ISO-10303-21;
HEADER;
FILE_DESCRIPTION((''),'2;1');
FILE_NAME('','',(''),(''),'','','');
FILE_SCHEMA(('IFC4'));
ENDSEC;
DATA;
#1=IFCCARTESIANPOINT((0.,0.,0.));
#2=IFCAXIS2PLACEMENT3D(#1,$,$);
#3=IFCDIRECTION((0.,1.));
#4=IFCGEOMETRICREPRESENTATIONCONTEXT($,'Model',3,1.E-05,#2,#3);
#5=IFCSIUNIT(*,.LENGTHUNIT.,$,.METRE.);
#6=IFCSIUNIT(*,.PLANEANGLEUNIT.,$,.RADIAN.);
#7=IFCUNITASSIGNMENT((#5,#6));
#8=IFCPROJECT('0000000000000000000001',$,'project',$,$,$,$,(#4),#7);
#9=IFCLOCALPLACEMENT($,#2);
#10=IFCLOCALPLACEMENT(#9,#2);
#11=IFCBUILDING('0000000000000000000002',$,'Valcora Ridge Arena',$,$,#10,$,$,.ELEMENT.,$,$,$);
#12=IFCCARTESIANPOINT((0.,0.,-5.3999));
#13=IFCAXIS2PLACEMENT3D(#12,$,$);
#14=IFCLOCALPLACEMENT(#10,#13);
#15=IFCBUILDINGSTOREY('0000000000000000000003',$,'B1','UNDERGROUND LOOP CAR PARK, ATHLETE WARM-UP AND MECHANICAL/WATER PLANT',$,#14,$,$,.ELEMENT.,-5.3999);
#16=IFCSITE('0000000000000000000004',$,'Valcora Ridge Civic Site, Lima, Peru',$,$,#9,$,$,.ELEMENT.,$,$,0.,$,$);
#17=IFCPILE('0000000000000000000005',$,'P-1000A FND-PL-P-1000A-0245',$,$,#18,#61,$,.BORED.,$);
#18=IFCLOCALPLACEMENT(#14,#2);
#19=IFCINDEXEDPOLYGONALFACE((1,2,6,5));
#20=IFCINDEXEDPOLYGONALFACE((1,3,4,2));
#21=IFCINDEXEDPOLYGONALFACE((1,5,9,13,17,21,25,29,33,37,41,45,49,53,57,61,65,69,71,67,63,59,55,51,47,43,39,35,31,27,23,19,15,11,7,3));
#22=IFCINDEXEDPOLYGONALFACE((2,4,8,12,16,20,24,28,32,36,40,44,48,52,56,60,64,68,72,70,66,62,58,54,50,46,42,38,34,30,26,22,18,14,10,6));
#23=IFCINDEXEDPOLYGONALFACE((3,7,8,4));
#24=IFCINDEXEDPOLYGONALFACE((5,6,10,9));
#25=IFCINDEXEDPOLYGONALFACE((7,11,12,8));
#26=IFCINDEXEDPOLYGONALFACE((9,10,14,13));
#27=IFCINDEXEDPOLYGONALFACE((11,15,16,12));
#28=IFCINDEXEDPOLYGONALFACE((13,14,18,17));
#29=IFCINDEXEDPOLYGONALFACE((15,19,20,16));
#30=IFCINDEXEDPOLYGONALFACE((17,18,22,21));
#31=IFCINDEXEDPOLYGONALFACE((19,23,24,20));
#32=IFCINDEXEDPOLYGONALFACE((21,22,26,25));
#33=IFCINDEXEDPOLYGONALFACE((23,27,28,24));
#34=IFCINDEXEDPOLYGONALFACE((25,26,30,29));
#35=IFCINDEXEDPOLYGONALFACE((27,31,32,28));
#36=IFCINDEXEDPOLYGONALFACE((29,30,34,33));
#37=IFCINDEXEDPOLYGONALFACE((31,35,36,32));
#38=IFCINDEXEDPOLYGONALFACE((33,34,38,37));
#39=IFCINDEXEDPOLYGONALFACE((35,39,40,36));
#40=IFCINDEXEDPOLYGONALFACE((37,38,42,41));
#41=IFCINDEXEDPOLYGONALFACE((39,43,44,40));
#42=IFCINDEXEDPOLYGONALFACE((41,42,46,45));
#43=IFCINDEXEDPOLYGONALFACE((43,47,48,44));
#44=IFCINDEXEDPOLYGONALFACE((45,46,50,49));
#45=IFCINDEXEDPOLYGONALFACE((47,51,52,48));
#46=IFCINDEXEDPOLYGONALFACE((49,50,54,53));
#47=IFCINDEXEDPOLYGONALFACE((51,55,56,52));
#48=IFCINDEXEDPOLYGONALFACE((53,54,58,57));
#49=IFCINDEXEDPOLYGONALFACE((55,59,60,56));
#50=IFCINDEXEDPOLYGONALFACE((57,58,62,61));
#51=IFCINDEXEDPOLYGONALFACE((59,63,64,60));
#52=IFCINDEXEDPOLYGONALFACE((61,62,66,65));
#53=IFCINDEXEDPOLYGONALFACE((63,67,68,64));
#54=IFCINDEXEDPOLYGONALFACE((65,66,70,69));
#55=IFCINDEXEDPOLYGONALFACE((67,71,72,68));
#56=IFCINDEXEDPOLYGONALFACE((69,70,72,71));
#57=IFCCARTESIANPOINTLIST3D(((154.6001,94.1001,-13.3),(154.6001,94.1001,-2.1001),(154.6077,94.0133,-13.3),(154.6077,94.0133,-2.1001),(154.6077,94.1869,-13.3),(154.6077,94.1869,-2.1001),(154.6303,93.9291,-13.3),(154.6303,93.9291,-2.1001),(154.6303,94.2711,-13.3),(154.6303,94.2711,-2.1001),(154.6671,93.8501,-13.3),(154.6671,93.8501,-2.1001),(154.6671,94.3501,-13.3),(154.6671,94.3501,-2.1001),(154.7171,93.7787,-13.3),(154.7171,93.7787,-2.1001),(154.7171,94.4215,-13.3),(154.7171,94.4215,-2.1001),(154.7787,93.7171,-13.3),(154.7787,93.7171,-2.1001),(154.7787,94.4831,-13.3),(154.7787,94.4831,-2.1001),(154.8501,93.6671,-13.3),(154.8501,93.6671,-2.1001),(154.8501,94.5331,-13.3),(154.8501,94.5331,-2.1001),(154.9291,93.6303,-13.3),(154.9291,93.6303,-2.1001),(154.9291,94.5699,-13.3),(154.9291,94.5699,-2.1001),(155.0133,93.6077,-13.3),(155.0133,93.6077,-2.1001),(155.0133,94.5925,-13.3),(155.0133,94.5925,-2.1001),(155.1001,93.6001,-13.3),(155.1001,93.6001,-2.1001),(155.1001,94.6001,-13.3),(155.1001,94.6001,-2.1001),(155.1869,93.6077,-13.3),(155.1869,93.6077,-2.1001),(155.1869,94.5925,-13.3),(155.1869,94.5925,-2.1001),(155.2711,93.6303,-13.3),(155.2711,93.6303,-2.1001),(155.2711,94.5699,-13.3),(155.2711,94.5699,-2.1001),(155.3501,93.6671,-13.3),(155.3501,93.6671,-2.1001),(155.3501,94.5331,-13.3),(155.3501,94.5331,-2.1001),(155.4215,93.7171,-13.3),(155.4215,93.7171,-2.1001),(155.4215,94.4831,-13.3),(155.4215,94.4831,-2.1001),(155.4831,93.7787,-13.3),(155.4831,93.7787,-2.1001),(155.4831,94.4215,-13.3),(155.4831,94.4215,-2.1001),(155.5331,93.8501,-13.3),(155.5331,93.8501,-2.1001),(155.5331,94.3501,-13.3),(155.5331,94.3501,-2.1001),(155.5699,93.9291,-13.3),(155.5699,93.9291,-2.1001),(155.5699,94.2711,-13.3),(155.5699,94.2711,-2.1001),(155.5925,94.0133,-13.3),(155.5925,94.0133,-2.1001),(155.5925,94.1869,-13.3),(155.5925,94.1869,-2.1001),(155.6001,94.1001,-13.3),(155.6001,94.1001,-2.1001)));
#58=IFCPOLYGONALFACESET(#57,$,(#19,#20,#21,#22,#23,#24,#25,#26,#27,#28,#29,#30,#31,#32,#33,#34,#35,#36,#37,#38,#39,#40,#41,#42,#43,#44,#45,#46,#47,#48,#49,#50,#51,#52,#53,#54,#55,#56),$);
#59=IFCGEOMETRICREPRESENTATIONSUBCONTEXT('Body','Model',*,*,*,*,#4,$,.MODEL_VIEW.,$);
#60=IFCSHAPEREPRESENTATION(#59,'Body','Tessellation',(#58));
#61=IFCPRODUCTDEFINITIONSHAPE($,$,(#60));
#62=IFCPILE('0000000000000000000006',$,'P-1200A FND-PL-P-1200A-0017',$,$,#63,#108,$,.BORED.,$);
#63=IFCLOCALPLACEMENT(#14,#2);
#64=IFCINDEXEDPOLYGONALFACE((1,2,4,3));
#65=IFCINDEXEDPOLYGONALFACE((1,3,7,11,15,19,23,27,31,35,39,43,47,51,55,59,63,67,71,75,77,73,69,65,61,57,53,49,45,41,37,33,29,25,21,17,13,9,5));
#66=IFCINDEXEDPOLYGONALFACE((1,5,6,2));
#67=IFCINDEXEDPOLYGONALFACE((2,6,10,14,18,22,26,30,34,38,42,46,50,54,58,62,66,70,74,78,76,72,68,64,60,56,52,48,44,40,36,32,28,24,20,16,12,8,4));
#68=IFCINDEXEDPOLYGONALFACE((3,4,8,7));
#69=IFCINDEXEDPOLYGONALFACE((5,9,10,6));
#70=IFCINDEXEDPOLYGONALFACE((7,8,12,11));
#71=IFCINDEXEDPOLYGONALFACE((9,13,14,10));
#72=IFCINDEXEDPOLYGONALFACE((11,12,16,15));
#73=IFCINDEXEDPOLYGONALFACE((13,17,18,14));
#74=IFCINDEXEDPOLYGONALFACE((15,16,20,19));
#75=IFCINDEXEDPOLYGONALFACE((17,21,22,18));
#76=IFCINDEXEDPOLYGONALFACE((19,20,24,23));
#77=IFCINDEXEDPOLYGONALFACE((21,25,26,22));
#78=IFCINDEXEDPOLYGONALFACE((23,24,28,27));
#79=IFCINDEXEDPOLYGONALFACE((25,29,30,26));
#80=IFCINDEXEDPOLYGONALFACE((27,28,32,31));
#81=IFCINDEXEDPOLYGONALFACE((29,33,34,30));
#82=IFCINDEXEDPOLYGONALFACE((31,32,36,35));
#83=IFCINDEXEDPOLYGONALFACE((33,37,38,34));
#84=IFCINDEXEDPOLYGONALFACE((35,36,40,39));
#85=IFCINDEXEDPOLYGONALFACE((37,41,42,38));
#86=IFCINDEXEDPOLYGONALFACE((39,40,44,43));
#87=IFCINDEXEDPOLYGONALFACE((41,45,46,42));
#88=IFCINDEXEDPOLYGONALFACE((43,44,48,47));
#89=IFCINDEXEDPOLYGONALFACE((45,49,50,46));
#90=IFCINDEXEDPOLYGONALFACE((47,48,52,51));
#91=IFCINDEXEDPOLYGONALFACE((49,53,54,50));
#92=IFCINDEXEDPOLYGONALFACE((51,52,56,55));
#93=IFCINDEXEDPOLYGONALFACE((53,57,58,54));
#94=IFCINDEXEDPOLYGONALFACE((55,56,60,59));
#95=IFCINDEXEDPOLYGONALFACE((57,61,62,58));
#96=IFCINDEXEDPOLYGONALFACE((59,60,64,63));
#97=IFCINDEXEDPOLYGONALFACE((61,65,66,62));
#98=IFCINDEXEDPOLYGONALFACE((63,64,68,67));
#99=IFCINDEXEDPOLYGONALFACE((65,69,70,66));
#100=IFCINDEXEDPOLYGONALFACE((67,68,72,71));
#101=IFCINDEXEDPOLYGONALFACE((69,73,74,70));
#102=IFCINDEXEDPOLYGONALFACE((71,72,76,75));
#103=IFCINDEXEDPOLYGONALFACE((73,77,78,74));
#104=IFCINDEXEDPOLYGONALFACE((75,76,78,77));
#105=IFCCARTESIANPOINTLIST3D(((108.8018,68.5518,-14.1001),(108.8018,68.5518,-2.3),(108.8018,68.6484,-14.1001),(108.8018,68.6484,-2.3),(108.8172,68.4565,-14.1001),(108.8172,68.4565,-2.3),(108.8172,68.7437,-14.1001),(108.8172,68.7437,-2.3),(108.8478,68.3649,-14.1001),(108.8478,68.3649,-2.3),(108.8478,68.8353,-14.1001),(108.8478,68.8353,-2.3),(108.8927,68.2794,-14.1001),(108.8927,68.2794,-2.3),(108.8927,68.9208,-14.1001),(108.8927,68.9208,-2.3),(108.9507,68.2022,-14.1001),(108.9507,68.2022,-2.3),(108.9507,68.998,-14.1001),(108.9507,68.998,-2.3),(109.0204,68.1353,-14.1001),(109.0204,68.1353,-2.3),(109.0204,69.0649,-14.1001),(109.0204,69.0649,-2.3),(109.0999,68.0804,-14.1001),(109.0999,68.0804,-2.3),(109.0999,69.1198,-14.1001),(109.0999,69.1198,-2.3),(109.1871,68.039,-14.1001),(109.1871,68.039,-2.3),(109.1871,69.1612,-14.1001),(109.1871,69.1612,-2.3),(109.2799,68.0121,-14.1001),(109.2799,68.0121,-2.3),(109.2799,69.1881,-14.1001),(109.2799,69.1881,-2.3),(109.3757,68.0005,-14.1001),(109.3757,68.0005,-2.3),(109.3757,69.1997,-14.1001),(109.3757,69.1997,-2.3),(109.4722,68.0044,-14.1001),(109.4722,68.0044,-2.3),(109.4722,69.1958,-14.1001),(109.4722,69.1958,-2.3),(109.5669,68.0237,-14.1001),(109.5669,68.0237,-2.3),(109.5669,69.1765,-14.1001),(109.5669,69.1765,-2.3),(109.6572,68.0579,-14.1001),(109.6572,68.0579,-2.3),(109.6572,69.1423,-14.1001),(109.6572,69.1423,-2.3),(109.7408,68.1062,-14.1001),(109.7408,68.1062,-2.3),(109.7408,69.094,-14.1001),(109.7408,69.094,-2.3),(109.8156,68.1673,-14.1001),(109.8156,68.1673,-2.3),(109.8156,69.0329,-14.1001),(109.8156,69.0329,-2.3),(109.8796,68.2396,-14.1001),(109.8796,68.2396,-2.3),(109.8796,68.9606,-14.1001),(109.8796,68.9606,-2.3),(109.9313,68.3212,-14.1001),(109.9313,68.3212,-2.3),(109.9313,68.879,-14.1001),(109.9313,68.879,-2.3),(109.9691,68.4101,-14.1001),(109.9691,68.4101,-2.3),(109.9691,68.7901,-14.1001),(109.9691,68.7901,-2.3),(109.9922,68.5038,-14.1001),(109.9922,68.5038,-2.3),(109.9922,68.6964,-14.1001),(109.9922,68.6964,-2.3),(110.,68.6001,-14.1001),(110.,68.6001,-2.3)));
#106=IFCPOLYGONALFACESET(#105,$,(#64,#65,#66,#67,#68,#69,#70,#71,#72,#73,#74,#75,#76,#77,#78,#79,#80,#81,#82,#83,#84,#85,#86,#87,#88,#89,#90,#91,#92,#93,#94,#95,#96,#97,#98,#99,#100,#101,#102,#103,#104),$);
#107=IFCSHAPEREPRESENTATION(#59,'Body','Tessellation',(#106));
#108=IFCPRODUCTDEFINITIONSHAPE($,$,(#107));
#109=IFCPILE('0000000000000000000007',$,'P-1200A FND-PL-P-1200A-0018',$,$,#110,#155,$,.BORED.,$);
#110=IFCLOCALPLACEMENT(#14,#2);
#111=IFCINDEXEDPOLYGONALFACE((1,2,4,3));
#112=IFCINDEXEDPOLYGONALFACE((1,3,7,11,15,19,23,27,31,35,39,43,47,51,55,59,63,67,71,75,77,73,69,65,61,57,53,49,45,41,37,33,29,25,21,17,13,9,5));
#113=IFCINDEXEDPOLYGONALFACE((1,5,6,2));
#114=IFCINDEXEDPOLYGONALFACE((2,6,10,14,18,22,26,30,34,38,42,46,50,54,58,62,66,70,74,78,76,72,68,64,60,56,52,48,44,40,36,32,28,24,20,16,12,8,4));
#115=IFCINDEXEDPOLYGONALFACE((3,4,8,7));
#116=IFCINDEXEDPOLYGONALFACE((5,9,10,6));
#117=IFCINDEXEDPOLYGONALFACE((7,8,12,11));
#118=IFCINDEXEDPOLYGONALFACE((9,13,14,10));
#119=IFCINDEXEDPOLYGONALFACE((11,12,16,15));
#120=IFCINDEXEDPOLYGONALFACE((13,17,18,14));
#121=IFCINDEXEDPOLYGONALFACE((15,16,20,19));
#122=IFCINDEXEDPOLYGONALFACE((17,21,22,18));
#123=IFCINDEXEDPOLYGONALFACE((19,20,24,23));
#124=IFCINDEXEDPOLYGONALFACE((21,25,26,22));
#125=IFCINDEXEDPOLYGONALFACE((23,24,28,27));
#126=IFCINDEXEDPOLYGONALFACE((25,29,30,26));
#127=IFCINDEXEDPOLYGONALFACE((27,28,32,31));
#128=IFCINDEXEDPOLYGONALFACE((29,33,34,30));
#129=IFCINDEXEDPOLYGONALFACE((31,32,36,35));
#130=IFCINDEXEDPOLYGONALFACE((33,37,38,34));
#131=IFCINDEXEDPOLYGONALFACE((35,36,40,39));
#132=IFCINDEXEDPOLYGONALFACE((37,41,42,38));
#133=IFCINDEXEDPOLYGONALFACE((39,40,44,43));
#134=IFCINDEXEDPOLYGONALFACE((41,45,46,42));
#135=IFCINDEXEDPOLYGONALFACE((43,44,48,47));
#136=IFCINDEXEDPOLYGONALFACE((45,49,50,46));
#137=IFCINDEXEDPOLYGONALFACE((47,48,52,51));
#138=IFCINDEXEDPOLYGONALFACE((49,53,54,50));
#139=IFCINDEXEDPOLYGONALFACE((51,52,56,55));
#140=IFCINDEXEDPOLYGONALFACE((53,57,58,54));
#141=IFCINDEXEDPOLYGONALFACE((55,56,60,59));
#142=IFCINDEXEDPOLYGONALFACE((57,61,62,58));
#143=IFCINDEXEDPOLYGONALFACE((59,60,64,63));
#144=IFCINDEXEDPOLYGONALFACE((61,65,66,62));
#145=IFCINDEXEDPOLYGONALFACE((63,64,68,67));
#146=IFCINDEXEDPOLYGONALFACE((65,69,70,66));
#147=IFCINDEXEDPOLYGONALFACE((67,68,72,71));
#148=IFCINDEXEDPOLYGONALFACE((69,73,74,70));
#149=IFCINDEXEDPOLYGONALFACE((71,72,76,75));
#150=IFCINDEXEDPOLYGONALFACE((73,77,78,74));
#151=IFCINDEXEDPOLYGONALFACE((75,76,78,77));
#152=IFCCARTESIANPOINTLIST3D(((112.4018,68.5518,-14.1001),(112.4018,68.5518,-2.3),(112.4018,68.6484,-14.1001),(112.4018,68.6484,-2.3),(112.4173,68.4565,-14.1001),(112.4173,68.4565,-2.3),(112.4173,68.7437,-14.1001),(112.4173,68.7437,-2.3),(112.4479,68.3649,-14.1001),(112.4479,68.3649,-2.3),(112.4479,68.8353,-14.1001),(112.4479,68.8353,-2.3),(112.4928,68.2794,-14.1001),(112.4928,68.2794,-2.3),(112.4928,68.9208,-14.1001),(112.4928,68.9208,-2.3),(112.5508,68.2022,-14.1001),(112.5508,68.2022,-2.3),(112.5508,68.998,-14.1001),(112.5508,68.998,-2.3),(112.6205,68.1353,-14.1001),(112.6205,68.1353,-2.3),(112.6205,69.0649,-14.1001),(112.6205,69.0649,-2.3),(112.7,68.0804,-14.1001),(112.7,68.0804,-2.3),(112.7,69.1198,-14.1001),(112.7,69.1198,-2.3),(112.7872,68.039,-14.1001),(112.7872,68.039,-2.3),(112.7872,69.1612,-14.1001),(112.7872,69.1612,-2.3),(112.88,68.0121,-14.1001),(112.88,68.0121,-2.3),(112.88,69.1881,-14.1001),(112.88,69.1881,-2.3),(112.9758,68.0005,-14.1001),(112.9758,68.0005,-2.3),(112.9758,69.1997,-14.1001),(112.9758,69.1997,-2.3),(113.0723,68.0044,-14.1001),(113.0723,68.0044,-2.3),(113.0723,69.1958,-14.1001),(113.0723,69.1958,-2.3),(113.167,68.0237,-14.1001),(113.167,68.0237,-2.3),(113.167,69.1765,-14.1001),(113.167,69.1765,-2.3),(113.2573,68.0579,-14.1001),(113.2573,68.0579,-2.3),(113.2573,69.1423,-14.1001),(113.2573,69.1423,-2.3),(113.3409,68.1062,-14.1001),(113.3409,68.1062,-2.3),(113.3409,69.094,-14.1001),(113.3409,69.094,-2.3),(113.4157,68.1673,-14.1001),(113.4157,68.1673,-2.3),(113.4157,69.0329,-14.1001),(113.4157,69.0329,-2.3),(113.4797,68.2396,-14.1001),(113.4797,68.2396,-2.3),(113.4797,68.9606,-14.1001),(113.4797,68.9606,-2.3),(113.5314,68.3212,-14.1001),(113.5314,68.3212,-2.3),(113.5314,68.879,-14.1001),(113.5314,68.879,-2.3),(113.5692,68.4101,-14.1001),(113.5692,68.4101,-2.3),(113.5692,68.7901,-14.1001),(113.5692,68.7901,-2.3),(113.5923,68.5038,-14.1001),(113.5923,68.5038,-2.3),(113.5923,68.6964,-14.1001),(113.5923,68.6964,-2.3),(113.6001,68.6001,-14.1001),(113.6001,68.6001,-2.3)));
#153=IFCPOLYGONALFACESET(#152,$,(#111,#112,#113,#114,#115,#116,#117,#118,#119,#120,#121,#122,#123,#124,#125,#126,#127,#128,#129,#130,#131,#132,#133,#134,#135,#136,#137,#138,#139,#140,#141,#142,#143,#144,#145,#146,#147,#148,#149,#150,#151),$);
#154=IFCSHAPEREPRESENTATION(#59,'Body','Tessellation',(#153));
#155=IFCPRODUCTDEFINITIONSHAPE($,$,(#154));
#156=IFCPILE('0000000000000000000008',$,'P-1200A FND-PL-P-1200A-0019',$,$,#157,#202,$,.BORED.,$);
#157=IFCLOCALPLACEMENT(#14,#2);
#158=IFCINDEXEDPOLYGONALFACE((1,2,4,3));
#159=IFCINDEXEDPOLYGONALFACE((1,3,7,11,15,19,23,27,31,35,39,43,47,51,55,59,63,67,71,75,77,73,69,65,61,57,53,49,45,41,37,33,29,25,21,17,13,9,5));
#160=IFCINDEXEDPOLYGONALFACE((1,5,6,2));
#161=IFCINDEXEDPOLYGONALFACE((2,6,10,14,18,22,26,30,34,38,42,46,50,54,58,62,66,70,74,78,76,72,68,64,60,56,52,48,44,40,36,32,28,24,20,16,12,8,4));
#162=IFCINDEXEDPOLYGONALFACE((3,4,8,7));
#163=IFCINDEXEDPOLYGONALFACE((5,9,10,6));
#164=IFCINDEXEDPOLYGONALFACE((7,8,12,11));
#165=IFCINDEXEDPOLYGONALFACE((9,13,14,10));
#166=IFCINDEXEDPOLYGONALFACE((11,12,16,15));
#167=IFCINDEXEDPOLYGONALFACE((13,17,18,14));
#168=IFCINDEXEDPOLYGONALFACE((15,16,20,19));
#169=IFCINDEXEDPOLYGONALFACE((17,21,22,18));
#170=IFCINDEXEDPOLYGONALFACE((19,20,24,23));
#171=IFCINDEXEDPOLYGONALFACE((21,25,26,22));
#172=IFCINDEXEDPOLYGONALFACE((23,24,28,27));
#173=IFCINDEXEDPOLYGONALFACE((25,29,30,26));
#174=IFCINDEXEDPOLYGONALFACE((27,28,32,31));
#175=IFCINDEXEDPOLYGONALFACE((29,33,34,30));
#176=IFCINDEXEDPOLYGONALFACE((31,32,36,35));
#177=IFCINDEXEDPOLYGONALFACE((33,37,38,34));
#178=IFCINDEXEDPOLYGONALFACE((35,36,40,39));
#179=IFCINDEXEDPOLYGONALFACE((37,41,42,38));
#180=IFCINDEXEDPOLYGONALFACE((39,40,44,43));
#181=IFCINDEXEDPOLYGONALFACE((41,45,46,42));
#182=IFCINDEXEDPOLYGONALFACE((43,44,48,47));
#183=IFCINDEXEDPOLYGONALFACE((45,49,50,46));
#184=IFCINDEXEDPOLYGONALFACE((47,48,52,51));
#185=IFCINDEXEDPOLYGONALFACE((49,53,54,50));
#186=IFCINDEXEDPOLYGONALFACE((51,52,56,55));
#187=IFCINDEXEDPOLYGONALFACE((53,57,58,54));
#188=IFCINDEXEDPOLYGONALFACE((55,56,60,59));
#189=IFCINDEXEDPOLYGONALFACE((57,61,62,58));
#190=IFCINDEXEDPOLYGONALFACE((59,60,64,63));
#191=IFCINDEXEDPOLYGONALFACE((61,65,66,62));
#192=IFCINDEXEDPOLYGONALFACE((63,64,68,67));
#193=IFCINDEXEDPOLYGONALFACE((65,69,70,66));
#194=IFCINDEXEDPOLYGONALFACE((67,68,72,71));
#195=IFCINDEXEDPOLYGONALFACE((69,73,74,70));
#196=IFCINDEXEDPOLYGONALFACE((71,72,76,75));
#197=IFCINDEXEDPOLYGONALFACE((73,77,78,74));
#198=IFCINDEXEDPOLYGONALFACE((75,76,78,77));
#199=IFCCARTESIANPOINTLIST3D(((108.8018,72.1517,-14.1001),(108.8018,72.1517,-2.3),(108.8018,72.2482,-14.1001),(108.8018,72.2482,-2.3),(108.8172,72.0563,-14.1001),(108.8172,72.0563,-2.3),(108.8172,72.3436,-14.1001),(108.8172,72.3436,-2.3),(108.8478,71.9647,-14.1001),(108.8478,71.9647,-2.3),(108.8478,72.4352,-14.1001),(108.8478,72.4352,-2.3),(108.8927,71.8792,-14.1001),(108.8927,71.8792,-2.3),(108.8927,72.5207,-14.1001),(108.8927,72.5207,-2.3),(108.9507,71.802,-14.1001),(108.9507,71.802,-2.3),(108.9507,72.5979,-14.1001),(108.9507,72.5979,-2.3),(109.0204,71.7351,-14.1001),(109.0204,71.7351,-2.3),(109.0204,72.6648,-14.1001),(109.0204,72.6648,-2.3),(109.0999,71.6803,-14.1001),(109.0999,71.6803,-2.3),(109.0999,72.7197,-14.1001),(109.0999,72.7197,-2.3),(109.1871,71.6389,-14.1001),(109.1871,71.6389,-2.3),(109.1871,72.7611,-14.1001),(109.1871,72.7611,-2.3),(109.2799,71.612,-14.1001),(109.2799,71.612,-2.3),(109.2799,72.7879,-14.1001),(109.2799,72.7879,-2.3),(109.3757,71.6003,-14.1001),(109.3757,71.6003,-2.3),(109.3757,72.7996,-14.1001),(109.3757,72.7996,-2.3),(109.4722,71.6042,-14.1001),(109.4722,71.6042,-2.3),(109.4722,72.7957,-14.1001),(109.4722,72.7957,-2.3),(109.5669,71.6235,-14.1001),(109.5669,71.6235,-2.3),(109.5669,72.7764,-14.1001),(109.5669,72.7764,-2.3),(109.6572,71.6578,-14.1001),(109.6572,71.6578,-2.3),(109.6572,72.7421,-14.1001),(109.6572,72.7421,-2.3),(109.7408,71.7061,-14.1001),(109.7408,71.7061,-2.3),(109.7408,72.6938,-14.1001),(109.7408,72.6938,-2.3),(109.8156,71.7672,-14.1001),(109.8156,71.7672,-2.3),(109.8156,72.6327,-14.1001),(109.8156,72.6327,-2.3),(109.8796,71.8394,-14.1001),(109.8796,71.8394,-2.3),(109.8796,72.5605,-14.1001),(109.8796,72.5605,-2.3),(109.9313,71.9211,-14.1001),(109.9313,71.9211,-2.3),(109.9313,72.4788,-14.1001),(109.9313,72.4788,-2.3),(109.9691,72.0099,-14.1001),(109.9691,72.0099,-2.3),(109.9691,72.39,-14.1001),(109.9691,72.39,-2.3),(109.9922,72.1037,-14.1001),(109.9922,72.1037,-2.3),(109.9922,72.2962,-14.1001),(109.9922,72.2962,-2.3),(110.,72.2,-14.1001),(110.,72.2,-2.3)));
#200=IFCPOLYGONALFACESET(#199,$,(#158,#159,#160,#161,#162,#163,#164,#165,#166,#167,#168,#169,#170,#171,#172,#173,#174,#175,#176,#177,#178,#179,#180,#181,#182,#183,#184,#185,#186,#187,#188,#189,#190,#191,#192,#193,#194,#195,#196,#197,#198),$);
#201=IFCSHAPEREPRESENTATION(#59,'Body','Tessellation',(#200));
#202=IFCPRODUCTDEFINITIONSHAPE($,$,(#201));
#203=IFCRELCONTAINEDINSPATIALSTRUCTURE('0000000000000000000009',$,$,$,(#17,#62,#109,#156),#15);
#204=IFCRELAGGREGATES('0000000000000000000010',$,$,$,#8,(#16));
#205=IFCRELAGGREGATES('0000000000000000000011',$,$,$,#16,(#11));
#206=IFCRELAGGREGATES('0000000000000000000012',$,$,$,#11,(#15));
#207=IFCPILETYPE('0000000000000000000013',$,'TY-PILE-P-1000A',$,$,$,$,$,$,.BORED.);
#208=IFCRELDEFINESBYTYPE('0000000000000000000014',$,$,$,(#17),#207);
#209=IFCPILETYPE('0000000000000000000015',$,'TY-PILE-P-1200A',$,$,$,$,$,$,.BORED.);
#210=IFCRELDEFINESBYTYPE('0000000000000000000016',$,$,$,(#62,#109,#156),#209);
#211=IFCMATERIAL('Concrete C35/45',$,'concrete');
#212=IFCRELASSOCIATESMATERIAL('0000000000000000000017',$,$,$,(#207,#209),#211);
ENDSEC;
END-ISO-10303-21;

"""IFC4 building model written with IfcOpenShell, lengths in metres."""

from ifc_helpers import new_model, si_unit, direction, frame, origin, origin_2d, place, context, subcontext, project, spatial, circle, extrude, material, material_profile, profile_set, type_object, element, save


model = new_model("IFC4")

# Units and contexts
model_context = context("Model", 3, precision=1e-05, world=origin(), true_north=direction((0.0, 1.0)))
body_context = subcontext(model_context, "Body", "Model", "MODEL_VIEW")
ifc_project = project(units=[si_unit("LENGTHUNIT", "METRE"), si_unit("PLANEANGLEUNIT", "RADIAN")], contexts=[model_context])

# Site, building, storey
site_placement = place(None, origin())
site = spatial("IfcSite", under=ifc_project, at=site_placement, Name="Valcora Ridge Civic Site, Lima, Peru", CompositionType="ELEMENT", RefElevation=0.0)
building_placement = place(site_placement, origin())
building = spatial("IfcBuilding", under=site, at=building_placement, Name="Valcora Ridge Arena", CompositionType="ELEMENT")
storey_placement = place(building_placement, frame((0.0, 0.0, -5.3999)))
storey = spatial("IfcBuildingStorey", under=building, at=storey_placement, Name="B1", Description="UNDERGROUND LOOP CAR PARK, ATHLETE WARM-UP AND MECHANICAL/WATER PLANT", CompositionType="ELEMENT", Elevation=-5.3999)

# Piles
ifc_material_1 = material(Name="Concrete C35/45", Category="concrete")
ifc_material_profile_1 = material_profile(ifc_material_1, circle(Radius=0.5, at=origin_2d()), Name="BORED PILE D1000")
ifc_profile_set_1 = profile_set([ifc_material_profile_1], Name="Concrete C35/45")
pile_type_1 = type_object("IfcPileType", Name="TY-PILE-P-1000A", PredefinedType="BORED", material=ifc_profile_set_1)
for number, where, z_axis, x_axis, name in (
    (1, (155.1001, 94.1001, -2.1001), (0.0, 0.0, -1.0), (1.0, 0.0, 0.0), "P-1000A FND-PL-P-1000A-0245"),
):
    element("IfcPile", number, at=place(storey_placement, frame(where, z_axis=z_axis, x_axis=x_axis)), inside=storey, type_object=pile_type_1, Name=name, PredefinedType="BORED", context=body_context, shape_type="SweptSolid", body=[
        extrude(circle(Radius=0.5, at=origin_2d()), origin(), (0.0, 0.0, 1.0), 11.2),
    ])
ifc_material_profile_2 = material_profile(ifc_material_1, circle(Radius=0.6001, at=origin_2d()), Name="BORED PILE D1200")
ifc_profile_set_2 = profile_set([ifc_material_profile_2], Name="Concrete C35/45")
pile_type_2 = type_object("IfcPileType", Name="TY-PILE-P-1200A", PredefinedType="BORED", material=ifc_profile_set_2)
for number, where, z_axis, x_axis, name in (
    (2, (109.3999, 68.6001, -2.3), (0.0, 0.0, -1.0), (1.0, 0.0, 0.0), "P-1200A FND-PL-P-1200A-0017"),
    (3, (113.0, 68.6001, -2.3), (0.0, 0.0, -1.0), (1.0, 0.0, 0.0), "P-1200A FND-PL-P-1200A-0018"),
    (4, (109.3999, 72.2, -2.3), (0.0, 0.0, -1.0), (1.0, 0.0, 0.0), "P-1200A FND-PL-P-1200A-0019"),
):
    element("IfcPile", number, at=place(storey_placement, frame(where, z_axis=z_axis, x_axis=x_axis)), inside=storey, type_object=pile_type_2, Name=name, PredefinedType="BORED", context=body_context, shape_type="SweptSolid", body=[
        extrude(circle(Radius=0.6001, at=origin_2d()), origin(), (0.0, 0.0, 1.0), 11.8),
    ])

save(model, "model.ifc")
